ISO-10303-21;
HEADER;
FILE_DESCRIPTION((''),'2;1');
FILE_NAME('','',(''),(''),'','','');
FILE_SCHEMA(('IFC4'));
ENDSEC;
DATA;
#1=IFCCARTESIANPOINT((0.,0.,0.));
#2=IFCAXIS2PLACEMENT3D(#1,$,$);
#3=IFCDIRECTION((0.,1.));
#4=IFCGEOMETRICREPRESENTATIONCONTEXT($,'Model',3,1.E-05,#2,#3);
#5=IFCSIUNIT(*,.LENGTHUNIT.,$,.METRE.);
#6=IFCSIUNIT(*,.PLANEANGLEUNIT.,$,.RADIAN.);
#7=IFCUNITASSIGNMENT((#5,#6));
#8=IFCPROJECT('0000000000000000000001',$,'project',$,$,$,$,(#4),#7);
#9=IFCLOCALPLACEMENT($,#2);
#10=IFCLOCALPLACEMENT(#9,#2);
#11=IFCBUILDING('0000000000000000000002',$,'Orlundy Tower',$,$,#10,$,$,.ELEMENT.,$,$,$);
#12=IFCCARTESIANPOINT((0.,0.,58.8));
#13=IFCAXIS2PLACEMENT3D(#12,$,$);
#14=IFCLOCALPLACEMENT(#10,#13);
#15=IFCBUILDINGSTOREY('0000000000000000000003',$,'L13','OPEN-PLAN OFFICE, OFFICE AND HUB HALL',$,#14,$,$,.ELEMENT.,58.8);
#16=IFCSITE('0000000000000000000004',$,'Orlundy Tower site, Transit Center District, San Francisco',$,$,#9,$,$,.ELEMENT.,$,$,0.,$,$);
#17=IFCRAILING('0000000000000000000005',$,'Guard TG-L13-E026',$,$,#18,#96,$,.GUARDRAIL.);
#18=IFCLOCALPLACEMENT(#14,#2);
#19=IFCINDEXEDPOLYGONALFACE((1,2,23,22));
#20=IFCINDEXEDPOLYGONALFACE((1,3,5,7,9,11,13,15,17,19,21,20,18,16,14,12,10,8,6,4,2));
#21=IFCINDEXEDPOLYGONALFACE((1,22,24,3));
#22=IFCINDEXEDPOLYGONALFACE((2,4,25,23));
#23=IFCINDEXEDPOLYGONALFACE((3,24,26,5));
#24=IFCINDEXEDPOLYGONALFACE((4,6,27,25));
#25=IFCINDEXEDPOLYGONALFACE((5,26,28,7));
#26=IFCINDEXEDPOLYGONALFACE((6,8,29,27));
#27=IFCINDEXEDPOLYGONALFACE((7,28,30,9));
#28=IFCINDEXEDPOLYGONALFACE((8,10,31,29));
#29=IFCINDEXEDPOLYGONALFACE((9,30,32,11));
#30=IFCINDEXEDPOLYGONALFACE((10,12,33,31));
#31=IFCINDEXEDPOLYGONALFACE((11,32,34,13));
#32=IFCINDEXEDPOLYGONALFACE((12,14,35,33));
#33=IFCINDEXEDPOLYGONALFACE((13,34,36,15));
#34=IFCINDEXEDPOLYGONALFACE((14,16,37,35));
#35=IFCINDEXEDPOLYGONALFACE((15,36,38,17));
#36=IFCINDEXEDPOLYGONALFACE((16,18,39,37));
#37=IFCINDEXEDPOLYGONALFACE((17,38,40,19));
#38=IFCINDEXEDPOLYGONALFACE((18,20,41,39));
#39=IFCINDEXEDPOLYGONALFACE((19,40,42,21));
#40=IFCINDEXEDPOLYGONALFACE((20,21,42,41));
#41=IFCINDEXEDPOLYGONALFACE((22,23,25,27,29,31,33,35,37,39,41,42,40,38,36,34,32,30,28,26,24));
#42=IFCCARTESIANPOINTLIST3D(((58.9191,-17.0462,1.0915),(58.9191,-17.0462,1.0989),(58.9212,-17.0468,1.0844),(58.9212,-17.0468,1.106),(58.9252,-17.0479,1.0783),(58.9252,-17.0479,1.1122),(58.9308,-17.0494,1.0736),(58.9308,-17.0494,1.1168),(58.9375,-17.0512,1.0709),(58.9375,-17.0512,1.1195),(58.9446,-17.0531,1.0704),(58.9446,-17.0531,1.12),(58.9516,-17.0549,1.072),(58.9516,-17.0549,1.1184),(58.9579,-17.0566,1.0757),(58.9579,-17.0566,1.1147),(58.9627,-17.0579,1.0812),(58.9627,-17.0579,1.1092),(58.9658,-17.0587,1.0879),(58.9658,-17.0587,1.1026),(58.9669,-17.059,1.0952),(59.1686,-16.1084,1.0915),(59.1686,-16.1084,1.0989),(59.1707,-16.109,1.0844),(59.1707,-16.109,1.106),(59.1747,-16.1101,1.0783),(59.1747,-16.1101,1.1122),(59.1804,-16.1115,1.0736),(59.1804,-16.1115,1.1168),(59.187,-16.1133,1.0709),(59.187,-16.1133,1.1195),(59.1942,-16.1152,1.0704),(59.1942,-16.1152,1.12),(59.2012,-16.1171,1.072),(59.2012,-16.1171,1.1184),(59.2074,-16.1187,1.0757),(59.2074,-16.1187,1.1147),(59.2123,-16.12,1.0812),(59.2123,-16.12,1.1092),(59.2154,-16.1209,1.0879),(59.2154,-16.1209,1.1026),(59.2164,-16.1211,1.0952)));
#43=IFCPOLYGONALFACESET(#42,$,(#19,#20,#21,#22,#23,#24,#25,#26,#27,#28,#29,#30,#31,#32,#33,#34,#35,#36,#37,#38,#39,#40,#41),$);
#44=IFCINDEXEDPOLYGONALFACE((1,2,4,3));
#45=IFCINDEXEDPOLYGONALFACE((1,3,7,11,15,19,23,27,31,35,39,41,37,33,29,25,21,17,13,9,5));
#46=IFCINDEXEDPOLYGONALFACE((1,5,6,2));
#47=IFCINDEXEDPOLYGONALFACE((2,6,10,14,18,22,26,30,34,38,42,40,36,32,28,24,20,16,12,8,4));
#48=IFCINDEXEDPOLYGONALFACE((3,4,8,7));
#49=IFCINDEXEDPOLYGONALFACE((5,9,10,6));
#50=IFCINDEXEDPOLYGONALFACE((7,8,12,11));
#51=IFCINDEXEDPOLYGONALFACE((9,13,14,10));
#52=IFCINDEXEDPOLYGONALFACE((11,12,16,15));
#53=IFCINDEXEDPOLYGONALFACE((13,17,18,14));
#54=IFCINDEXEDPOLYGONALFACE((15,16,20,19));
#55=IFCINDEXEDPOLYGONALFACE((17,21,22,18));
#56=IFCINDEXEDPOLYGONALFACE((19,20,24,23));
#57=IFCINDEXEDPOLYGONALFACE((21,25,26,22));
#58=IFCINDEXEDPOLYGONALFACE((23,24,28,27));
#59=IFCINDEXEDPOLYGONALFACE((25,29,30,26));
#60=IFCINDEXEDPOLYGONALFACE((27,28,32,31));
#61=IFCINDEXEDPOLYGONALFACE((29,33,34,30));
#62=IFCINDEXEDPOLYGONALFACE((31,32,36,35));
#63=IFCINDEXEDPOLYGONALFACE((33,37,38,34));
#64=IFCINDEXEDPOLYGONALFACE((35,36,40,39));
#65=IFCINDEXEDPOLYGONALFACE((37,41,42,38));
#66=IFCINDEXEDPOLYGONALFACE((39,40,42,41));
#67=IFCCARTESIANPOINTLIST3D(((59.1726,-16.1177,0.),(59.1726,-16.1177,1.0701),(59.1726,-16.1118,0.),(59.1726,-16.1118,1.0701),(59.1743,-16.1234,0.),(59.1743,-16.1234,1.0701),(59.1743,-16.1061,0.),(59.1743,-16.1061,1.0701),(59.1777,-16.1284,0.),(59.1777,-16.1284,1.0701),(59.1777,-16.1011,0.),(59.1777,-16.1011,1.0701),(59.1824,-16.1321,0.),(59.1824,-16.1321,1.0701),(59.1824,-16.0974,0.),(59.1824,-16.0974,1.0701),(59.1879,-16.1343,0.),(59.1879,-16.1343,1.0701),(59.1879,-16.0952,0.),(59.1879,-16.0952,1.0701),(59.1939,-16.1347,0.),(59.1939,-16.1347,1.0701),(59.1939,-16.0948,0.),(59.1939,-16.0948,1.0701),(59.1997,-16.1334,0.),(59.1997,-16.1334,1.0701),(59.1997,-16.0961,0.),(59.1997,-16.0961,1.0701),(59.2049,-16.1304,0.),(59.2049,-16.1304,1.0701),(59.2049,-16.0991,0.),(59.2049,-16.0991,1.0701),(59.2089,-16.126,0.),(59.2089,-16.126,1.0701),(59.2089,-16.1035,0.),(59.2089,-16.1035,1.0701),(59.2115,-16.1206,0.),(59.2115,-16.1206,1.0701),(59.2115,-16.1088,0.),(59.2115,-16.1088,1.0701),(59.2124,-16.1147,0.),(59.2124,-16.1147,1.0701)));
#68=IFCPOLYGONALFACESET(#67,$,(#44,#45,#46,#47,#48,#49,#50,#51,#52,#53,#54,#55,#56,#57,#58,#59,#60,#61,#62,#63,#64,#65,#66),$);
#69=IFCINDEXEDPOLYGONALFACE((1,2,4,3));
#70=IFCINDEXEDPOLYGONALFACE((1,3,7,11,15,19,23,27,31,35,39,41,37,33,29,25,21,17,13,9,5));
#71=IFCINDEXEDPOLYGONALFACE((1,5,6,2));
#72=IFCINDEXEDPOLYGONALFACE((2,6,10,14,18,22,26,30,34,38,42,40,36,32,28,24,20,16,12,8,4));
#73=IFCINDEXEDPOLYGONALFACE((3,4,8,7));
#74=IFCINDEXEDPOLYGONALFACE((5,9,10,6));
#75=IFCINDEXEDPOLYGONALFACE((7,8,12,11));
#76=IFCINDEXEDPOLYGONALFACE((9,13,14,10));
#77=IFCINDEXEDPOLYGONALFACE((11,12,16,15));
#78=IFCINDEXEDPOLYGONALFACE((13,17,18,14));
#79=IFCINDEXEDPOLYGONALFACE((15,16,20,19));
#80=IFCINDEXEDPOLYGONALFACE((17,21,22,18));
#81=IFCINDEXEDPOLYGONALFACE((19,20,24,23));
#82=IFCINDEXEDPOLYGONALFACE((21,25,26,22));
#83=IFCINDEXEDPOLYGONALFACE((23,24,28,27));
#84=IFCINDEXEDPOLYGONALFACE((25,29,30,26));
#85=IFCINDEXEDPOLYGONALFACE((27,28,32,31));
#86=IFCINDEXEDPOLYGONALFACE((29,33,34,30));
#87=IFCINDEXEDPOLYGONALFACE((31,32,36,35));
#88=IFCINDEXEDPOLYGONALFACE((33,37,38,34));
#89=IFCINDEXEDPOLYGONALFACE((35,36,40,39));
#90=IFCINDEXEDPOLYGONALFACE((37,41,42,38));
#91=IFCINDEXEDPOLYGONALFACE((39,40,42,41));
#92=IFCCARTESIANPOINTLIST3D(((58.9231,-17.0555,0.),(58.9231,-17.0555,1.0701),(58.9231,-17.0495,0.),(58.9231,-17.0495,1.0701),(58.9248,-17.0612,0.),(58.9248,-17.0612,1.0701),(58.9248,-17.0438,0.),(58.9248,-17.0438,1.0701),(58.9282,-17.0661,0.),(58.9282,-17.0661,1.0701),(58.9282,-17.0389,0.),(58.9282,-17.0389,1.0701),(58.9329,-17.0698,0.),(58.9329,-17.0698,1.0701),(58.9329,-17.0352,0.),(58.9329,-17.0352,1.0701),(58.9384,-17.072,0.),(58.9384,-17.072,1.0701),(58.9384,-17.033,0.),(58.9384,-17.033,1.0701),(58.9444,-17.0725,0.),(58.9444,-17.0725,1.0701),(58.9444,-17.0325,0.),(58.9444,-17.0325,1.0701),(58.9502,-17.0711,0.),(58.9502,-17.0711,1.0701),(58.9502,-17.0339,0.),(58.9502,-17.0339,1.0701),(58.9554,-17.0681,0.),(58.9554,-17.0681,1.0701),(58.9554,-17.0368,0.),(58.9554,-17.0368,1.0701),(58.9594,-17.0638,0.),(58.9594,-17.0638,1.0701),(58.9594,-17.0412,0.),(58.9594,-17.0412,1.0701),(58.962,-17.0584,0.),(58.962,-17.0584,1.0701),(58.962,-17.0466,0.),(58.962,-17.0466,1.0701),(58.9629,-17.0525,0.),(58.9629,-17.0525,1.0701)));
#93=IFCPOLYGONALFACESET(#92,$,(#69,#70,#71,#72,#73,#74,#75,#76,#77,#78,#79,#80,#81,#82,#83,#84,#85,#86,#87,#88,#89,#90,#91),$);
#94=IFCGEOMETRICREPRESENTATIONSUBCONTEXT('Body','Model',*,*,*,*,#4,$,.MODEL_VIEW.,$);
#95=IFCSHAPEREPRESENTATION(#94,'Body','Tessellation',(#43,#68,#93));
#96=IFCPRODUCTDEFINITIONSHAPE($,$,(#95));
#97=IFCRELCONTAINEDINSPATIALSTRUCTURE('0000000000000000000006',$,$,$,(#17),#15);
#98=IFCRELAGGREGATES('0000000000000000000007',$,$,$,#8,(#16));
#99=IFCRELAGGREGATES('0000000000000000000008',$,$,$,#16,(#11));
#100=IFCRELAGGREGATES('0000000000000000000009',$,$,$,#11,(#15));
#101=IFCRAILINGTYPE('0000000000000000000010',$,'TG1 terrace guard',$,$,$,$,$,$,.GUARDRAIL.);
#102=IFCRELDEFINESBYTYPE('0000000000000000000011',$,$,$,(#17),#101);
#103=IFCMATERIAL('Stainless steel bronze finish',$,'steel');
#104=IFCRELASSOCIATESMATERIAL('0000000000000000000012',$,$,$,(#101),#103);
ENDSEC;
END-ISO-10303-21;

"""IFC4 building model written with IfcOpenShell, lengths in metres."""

from ifc_helpers import new_model, si_unit, direction, frame, origin, origin_2d, place, context, subcontext, project, spatial, circle, extrude, material, type_object, element, save


model = new_model("IFC4")

# Units and contexts
model_context = context("Model", 3, precision=1e-05, world=origin(), true_north=direction((0.0, 1.0)))
body_context = subcontext(model_context, "Body", "Model", "MODEL_VIEW")
ifc_project = project(units=[si_unit("LENGTHUNIT", "METRE"), si_unit("PLANEANGLEUNIT", "RADIAN")], contexts=[model_context])

# Site, building, storey
site_placement = place(None, origin())
site = spatial("IfcSite", under=ifc_project, at=site_placement, Name="Orlundy Tower site, Transit Center District, San Francisco", CompositionType="ELEMENT", RefElevation=0.0)
building_placement = place(site_placement, origin())
building = spatial("IfcBuilding", under=site, at=building_placement, Name="Orlundy Tower", CompositionType="ELEMENT")
storey_placement = place(building_placement, frame((0.0, 0.0, 58.8)))
storey = spatial("IfcBuildingStorey", under=building, at=storey_placement, Name="L13", Description="OPEN-PLAN OFFICE, OFFICE AND HUB HALL", CompositionType="ELEMENT", Elevation=58.8)

# Railing
ifc_material_1 = material(Name="Stainless steel bronze finish", Category="steel")
railing_type = type_object("IfcRailingType", Name="TG1 terrace guard", PredefinedType="GUARDRAIL", material=ifc_material_1)
railing_1_placement = place(storey_placement, frame((59.1924, -16.1147, 0.0)))
element("IfcRailing", 1, at=railing_1_placement, inside=storey, type_object=railing_type, Name="Guard TG-L13-E026", PredefinedType="GUARDRAIL", context=body_context, shape_type="SweptSolid", body=[
    extrude(circle(Radius=0.0249, at=origin_2d()), frame((0.0, 0.0, 1.0952), z_axis=(-0.25713, -0.966377, 0.0), x_axis=(0.966377, -0.25713, 0.0)), (0.0, 0.0, 1.0), 0.9705),
    extrude(circle(Radius=0.02, at=origin_2d()), origin(), (0.0, 0.0, 1.0), 1.0701),
    extrude(circle(Radius=0.02, at=origin_2d()), frame((-0.2495, -0.9377, 0.0)), (0.0, 0.0, 1.0), 1.0701),
])

save(model, "model.ifc")
